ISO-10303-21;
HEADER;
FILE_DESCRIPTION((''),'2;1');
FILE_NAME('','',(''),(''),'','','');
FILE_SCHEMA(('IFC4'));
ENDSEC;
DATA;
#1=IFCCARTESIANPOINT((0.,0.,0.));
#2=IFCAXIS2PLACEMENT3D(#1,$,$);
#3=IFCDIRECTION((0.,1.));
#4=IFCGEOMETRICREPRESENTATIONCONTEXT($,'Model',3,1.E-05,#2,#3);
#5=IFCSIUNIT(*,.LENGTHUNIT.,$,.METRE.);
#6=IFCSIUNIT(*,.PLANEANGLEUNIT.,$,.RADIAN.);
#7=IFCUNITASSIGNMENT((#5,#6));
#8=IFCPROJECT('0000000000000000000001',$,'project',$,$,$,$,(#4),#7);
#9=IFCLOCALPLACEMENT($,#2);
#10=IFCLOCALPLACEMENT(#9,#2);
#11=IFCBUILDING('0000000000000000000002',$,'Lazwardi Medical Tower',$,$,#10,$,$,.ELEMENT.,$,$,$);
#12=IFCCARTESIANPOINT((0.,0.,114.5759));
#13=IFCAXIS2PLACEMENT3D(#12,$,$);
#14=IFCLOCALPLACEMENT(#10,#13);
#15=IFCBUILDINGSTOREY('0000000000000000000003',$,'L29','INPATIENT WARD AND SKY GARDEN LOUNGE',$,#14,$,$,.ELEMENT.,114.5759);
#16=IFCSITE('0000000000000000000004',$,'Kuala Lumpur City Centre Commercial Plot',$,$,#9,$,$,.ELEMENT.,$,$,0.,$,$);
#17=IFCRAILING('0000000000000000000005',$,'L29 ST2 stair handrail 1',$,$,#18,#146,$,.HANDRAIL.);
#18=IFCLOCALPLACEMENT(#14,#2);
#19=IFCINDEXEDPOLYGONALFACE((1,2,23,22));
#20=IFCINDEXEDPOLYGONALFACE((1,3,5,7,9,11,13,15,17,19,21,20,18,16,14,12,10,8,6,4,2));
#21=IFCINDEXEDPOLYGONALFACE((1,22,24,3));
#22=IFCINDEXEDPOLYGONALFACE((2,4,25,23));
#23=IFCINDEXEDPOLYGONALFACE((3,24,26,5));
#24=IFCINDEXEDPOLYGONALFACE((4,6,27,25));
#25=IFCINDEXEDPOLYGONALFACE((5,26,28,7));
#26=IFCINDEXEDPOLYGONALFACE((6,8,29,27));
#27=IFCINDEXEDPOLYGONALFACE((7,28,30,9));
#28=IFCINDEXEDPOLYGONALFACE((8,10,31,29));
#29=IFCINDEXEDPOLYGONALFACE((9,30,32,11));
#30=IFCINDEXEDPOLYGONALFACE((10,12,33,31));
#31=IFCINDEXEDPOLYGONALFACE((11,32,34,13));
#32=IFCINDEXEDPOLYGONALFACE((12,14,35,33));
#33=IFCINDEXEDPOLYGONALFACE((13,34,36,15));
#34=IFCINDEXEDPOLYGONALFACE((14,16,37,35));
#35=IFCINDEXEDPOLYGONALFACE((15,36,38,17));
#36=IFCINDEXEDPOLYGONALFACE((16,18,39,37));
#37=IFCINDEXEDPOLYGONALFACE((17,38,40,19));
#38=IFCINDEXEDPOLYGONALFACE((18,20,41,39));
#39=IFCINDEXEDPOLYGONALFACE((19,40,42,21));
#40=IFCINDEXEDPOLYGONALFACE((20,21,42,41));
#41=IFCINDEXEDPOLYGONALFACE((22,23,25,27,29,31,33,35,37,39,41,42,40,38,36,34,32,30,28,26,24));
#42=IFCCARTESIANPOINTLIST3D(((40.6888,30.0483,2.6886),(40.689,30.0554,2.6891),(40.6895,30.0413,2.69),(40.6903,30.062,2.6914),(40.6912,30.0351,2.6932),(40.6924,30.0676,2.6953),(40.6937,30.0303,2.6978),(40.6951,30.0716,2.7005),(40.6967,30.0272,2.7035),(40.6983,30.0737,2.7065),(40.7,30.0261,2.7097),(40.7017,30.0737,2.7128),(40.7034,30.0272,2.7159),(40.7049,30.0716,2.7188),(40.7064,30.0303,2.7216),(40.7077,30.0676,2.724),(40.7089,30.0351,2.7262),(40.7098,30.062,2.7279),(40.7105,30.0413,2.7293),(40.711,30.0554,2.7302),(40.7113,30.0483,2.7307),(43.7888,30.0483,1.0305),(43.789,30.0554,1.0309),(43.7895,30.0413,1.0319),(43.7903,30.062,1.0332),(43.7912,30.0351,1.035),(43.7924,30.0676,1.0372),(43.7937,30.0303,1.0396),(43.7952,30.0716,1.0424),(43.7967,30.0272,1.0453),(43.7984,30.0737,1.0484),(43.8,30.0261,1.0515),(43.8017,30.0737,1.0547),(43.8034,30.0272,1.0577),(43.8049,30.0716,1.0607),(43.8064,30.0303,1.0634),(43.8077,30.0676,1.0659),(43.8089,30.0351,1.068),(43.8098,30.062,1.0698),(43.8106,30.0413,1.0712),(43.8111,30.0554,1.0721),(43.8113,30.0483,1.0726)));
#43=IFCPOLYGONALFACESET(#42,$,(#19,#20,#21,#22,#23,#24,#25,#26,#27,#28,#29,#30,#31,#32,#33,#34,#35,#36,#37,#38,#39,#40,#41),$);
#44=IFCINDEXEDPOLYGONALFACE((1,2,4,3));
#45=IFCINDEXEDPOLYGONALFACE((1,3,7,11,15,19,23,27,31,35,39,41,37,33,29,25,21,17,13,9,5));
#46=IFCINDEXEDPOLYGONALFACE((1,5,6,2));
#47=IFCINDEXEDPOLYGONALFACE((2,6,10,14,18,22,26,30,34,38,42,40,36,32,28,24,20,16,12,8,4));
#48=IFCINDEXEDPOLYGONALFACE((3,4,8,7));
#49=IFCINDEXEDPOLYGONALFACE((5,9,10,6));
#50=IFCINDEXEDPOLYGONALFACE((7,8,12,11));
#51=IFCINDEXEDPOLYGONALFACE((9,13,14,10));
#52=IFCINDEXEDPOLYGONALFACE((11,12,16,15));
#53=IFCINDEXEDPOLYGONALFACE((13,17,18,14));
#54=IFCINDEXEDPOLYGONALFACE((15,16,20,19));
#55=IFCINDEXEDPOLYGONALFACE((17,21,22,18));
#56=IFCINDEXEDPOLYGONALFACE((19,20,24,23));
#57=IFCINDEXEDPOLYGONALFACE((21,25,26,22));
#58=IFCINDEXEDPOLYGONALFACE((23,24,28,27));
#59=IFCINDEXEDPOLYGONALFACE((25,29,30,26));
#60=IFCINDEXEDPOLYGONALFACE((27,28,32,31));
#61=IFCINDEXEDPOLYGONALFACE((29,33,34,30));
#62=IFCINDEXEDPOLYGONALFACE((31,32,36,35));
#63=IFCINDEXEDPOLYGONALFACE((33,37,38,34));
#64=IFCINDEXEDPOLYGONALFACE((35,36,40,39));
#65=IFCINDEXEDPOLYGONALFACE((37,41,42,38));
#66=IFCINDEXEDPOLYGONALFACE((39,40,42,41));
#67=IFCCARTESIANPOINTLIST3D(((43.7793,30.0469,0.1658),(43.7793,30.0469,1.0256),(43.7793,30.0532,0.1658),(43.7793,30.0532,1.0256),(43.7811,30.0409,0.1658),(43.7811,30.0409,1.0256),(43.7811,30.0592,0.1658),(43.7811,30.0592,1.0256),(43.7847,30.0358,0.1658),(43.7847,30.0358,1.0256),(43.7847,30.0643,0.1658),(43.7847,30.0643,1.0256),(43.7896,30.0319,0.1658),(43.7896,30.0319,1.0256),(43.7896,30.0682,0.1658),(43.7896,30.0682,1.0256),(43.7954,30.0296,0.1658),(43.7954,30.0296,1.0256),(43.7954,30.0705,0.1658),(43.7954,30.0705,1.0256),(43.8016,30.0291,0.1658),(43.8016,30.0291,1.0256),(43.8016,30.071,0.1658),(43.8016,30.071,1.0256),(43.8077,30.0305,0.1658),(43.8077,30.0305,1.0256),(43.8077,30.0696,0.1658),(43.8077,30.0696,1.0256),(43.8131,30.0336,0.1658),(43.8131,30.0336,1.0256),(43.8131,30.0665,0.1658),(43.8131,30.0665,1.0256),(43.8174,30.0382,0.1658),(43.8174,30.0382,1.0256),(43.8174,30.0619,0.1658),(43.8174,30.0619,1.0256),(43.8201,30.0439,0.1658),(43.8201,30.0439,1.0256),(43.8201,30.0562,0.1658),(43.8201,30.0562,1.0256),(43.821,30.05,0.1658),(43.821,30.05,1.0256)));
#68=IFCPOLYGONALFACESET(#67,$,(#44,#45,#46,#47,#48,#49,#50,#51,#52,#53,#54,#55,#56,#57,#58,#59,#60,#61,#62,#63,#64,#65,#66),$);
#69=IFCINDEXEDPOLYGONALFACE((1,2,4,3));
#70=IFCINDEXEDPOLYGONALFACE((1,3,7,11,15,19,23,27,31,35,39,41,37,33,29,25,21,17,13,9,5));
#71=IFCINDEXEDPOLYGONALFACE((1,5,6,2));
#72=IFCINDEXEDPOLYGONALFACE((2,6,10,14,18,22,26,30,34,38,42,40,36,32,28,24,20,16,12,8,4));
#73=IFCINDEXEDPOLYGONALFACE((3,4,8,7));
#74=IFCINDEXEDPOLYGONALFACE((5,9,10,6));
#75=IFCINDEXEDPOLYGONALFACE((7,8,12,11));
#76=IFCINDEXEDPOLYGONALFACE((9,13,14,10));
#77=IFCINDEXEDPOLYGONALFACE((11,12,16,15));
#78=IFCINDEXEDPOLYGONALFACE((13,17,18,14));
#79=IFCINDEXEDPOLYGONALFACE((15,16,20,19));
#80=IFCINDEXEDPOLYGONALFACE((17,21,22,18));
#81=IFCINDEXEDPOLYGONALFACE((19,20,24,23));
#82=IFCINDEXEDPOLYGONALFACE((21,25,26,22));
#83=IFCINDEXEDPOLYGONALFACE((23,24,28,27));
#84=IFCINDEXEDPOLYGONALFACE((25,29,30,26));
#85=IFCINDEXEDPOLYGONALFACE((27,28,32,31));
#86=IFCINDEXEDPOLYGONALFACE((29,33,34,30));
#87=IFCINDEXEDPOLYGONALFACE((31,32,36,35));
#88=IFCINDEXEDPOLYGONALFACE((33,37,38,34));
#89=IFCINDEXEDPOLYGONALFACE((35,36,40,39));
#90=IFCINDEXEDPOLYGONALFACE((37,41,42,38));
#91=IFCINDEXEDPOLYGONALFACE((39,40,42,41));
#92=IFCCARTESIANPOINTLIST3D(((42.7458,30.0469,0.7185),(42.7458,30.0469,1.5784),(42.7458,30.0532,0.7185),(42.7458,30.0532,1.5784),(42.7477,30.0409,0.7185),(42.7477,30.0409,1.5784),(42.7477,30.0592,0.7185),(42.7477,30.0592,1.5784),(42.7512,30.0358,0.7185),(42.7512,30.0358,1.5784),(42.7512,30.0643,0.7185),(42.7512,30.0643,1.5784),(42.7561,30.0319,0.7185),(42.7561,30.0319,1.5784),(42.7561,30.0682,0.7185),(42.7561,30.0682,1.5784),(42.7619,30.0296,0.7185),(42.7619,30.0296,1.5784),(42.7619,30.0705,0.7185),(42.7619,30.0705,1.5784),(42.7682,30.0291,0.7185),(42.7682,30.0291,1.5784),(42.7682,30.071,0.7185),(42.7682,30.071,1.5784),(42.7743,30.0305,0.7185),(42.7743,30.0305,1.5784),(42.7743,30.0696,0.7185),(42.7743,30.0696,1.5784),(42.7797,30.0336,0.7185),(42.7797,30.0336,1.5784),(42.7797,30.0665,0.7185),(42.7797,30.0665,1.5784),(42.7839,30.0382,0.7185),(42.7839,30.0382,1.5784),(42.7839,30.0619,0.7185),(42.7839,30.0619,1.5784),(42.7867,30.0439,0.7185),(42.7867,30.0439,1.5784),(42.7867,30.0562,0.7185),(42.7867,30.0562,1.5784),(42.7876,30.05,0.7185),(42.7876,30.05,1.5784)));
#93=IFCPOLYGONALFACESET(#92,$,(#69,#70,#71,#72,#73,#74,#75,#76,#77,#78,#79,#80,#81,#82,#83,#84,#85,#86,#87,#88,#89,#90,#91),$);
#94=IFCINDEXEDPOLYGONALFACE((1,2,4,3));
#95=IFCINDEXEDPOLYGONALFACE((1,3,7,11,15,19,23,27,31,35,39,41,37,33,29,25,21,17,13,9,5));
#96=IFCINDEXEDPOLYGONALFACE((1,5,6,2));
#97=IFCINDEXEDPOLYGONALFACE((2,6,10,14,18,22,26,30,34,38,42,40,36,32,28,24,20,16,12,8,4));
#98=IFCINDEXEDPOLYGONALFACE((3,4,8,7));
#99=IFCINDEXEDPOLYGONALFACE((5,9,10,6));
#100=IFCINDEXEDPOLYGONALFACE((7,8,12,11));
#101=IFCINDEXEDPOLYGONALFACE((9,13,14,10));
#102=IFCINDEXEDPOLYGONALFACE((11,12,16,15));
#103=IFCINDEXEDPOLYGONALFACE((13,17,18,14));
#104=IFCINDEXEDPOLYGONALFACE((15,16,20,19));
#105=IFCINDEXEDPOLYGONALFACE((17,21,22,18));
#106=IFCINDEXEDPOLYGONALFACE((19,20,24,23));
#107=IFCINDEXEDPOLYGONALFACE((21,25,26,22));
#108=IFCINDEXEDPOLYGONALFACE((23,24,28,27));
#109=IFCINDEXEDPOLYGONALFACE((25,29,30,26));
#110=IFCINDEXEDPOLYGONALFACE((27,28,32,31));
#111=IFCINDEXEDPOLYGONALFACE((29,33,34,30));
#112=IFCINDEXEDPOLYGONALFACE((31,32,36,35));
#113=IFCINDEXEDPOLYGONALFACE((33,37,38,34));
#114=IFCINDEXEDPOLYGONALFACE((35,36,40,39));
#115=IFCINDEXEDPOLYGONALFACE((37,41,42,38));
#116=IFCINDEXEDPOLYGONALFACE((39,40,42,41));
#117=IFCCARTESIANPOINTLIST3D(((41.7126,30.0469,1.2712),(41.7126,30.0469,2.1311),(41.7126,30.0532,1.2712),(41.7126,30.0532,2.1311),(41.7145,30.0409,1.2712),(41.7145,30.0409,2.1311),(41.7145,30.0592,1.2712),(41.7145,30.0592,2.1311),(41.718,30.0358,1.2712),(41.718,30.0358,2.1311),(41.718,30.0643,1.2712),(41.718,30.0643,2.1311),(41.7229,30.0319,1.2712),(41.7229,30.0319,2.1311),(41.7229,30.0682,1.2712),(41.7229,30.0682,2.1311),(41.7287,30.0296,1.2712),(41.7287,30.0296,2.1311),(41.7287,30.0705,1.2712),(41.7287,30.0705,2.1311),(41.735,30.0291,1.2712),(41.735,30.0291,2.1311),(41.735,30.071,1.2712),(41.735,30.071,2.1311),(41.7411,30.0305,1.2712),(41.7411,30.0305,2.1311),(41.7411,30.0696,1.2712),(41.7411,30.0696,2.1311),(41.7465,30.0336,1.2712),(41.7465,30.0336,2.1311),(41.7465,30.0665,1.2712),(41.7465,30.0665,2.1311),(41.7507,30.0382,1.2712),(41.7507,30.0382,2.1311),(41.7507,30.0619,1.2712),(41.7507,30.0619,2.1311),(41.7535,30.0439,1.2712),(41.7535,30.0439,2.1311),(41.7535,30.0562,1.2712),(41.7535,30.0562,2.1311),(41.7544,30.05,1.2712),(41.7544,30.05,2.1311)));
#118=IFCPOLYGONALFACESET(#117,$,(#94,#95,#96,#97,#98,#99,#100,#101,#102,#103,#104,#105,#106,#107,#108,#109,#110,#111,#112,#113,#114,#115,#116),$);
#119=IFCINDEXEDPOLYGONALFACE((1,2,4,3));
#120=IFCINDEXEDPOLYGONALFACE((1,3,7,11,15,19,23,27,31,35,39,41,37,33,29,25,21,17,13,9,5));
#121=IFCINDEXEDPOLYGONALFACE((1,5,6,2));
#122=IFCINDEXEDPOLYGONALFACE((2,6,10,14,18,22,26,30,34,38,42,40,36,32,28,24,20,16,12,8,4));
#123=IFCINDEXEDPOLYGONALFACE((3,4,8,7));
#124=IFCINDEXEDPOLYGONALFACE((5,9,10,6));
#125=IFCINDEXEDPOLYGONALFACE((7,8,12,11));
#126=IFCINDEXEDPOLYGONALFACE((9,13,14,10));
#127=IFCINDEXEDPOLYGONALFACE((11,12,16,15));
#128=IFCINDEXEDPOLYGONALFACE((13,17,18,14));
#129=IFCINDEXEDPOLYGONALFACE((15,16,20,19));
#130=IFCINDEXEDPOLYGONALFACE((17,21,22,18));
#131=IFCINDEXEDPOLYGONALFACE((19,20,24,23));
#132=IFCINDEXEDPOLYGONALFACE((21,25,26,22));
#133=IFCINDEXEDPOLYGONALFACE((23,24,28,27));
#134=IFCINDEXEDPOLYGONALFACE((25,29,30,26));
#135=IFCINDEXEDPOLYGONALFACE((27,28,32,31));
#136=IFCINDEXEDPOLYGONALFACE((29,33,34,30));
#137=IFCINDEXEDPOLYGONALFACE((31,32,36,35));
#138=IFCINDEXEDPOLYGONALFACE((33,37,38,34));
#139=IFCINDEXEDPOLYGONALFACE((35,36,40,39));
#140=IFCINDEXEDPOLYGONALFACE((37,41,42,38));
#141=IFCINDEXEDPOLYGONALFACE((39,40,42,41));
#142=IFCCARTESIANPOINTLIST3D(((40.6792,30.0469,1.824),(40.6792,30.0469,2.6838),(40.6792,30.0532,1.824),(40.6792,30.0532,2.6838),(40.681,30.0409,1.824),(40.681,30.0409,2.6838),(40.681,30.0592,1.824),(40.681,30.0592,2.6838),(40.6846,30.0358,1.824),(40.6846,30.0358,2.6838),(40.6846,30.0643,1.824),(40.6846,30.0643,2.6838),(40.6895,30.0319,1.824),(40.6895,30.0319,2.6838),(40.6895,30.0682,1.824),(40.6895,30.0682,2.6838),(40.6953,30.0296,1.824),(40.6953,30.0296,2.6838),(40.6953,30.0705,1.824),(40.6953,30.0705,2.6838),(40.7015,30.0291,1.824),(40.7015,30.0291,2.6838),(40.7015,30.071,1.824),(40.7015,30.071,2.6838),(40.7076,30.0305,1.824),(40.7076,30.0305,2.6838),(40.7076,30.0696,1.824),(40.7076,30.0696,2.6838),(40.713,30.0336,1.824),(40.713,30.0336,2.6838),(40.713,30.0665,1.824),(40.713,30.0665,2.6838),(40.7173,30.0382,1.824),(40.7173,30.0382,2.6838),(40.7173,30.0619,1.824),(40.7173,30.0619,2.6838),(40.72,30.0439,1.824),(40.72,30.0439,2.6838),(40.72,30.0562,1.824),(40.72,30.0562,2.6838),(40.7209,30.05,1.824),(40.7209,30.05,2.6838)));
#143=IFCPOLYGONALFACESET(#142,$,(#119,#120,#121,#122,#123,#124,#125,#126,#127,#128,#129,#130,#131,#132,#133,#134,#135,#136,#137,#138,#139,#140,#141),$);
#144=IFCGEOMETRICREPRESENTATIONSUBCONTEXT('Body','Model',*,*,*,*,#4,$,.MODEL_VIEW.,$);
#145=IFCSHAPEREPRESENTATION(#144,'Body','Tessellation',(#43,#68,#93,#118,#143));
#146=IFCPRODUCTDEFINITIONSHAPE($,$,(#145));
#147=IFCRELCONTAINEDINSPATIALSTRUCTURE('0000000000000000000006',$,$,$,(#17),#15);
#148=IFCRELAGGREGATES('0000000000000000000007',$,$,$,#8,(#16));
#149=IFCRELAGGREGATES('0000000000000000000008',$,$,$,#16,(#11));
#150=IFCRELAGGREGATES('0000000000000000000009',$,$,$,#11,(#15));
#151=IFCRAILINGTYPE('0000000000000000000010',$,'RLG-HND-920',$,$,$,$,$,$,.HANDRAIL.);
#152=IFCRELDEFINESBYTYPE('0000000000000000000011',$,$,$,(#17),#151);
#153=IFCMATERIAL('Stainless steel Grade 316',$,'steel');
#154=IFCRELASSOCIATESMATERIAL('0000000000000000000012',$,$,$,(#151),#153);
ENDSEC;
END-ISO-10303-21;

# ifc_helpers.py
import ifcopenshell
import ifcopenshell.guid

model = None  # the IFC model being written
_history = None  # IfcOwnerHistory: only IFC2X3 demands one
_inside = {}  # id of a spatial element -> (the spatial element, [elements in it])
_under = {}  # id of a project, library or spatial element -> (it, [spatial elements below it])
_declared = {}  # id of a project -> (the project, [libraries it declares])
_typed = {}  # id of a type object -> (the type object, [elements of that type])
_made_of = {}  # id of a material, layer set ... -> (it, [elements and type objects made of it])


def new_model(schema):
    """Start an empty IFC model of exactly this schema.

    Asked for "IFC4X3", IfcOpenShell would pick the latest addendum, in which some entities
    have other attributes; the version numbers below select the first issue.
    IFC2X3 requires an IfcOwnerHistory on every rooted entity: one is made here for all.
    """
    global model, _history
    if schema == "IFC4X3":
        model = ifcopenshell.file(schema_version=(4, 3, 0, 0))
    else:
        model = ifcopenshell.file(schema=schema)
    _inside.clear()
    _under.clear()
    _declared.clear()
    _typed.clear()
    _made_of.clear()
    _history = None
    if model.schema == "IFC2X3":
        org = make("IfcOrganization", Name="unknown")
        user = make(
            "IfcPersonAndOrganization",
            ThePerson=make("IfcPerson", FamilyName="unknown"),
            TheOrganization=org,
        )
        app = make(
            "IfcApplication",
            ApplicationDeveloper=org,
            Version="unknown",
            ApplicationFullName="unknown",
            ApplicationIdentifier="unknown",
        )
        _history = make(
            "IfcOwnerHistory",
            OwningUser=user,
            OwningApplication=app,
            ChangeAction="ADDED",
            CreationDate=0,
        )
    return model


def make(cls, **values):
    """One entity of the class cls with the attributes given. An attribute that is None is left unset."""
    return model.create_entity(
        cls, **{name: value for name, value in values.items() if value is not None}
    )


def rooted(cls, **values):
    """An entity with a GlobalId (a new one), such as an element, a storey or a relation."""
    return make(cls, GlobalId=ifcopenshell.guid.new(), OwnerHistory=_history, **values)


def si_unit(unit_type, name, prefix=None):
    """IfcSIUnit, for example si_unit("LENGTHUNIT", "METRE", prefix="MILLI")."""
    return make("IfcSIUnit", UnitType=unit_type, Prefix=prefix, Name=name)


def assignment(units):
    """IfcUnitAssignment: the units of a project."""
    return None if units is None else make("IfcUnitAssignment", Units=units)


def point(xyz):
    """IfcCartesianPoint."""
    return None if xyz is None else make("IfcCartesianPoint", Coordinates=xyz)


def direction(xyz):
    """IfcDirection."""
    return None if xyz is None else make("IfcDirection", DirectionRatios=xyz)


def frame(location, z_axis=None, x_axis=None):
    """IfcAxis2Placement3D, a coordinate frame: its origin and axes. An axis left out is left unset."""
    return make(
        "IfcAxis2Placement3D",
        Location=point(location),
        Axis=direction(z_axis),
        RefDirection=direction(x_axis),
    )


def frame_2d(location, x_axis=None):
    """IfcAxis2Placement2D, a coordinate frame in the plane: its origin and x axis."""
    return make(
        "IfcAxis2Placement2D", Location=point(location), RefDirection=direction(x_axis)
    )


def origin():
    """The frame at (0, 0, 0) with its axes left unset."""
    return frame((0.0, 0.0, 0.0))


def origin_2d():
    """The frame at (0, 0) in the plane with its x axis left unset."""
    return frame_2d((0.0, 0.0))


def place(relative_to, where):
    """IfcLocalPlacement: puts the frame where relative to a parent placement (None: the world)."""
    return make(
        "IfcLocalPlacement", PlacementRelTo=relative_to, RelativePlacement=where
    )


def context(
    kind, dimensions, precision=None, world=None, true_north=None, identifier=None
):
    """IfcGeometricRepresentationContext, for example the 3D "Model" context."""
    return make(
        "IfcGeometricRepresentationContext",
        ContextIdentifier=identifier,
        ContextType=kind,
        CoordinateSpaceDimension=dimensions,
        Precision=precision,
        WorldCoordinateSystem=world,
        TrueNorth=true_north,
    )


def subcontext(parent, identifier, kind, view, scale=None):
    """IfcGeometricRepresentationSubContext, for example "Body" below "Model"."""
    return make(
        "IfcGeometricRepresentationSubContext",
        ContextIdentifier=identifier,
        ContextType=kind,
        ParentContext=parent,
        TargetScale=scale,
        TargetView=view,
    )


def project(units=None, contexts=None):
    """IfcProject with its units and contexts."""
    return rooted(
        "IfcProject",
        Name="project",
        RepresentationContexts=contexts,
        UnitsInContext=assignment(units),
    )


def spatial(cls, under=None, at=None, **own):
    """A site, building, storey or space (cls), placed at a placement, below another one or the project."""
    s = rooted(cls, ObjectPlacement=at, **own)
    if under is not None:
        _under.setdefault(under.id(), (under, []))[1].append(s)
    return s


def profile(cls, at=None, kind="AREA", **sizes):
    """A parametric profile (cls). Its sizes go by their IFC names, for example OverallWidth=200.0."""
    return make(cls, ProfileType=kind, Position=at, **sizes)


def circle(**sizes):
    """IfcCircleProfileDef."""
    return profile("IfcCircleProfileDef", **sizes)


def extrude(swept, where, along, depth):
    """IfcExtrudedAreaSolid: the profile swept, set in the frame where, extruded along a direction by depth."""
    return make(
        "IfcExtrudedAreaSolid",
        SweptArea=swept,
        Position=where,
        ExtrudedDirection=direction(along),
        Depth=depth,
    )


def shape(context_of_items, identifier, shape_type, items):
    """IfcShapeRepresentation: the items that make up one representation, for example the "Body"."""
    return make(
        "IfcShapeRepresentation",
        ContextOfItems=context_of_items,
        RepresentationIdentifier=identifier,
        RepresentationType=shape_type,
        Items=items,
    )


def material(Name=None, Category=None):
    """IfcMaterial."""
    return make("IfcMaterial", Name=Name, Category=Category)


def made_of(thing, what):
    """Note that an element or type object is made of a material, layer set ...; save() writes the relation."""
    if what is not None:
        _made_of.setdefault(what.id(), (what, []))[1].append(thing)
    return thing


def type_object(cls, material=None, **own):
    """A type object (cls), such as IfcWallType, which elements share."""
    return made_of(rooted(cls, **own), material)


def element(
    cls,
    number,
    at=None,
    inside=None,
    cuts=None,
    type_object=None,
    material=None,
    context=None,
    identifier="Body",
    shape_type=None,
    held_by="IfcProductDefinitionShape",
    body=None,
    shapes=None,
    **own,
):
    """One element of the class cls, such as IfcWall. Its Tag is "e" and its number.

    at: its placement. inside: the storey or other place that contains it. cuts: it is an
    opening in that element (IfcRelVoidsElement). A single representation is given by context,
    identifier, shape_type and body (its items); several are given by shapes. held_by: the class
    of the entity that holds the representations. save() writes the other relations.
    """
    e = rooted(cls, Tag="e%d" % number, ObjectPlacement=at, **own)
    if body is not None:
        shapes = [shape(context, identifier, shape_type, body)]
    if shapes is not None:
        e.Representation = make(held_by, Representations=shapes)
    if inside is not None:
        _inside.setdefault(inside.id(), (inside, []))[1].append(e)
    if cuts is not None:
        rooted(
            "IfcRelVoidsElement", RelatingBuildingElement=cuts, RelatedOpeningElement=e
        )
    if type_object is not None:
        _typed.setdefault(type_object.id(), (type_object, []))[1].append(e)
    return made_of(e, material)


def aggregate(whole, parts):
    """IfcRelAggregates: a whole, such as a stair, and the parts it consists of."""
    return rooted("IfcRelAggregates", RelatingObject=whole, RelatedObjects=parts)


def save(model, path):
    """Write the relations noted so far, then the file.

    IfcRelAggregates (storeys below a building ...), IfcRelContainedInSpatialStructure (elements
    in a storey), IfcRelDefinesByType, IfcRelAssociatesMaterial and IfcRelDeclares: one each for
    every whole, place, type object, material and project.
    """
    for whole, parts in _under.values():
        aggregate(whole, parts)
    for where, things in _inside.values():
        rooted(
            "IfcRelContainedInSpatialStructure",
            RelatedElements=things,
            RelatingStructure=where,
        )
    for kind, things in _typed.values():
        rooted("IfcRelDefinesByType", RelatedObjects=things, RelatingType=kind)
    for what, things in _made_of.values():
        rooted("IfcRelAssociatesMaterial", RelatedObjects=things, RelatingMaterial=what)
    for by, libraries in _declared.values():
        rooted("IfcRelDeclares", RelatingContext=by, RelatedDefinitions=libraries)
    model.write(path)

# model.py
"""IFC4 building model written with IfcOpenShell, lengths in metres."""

from ifc_helpers import new_model, si_unit, direction, frame, origin, origin_2d, place, context, subcontext, project, spatial, circle, extrude, material, type_object, element, save


model = new_model("IFC4")

# Units and contexts
model_context = context("Model", 3, precision=1e-05, world=origin(), true_north=direction((0.0, 1.0)))
body_context = subcontext(model_context, "Body", "Model", "MODEL_VIEW")
ifc_project = project(units=[si_unit("LENGTHUNIT", "METRE"), si_unit("PLANEANGLEUNIT", "RADIAN")], contexts=[model_context])

# Site, building, storey
site_placement = place(None, origin())
site = spatial("IfcSite", under=ifc_project, at=site_placement, Name="Kuala Lumpur City Centre Commercial Plot", CompositionType="ELEMENT", RefElevation=0.0)
building_placement = place(site_placement, origin())
building = spatial("IfcBuilding", under=site, at=building_placement, Name="Lazwardi Medical Tower", CompositionType="ELEMENT")
storey_placement = place(building_placement, frame((0.0, 0.0, 114.5759)))
storey = spatial("IfcBuildingStorey", under=building, at=storey_placement, Name="L29", Description="INPATIENT WARD AND SKY GARDEN LOUNGE", CompositionType="ELEMENT", Elevation=114.5759)

# Railing
ifc_material_1 = material(Name="Stainless steel Grade 316", Category="steel")
railing_type_1 = type_object("IfcRailingType", Name="RLG-HND-920", PredefinedType="HANDRAIL", material=ifc_material_1)
railing_1_placement = place(storey_placement, frame((43.8, 30.05, 0.1658)))
element("IfcRailing", 1, at=railing_1_placement, inside=storey, type_object=railing_type_1, Name="L29 ST2 stair handrail 1", PredefinedType="HANDRAIL", context=body_context, shape_type="SweptSolid", body=[
    extrude(circle(Radius=0.0239, at=origin_2d()), frame((0.0, 0.0, 0.8857), z_axis=(-0.881783, 0.0, 0.471655), x_axis=(0.0, -1.0, 0.0)), (0.0, 0.0, 1.0), 3.5156),
    extrude(circle(Radius=0.021, at=origin_2d()), origin(), (0.0, 0.0, 1.0), 0.8599),
    extrude(circle(Radius=0.021, at=origin_2d()), frame((-1.0334, 0.0, 0.5527)), (0.0, 0.0, 1.0), 0.8599),
    extrude(circle(Radius=0.021, at=origin_2d()), frame((-2.0667, 0.0, 1.1055)), (0.0, 0.0, 1.0), 0.8599),
    extrude(circle(Radius=0.021, at=origin_2d()), frame((-3.1001, 0.0, 1.6582)), (0.0, 0.0, 1.0), 0.8599),
])

save(model, "model.ifc")
